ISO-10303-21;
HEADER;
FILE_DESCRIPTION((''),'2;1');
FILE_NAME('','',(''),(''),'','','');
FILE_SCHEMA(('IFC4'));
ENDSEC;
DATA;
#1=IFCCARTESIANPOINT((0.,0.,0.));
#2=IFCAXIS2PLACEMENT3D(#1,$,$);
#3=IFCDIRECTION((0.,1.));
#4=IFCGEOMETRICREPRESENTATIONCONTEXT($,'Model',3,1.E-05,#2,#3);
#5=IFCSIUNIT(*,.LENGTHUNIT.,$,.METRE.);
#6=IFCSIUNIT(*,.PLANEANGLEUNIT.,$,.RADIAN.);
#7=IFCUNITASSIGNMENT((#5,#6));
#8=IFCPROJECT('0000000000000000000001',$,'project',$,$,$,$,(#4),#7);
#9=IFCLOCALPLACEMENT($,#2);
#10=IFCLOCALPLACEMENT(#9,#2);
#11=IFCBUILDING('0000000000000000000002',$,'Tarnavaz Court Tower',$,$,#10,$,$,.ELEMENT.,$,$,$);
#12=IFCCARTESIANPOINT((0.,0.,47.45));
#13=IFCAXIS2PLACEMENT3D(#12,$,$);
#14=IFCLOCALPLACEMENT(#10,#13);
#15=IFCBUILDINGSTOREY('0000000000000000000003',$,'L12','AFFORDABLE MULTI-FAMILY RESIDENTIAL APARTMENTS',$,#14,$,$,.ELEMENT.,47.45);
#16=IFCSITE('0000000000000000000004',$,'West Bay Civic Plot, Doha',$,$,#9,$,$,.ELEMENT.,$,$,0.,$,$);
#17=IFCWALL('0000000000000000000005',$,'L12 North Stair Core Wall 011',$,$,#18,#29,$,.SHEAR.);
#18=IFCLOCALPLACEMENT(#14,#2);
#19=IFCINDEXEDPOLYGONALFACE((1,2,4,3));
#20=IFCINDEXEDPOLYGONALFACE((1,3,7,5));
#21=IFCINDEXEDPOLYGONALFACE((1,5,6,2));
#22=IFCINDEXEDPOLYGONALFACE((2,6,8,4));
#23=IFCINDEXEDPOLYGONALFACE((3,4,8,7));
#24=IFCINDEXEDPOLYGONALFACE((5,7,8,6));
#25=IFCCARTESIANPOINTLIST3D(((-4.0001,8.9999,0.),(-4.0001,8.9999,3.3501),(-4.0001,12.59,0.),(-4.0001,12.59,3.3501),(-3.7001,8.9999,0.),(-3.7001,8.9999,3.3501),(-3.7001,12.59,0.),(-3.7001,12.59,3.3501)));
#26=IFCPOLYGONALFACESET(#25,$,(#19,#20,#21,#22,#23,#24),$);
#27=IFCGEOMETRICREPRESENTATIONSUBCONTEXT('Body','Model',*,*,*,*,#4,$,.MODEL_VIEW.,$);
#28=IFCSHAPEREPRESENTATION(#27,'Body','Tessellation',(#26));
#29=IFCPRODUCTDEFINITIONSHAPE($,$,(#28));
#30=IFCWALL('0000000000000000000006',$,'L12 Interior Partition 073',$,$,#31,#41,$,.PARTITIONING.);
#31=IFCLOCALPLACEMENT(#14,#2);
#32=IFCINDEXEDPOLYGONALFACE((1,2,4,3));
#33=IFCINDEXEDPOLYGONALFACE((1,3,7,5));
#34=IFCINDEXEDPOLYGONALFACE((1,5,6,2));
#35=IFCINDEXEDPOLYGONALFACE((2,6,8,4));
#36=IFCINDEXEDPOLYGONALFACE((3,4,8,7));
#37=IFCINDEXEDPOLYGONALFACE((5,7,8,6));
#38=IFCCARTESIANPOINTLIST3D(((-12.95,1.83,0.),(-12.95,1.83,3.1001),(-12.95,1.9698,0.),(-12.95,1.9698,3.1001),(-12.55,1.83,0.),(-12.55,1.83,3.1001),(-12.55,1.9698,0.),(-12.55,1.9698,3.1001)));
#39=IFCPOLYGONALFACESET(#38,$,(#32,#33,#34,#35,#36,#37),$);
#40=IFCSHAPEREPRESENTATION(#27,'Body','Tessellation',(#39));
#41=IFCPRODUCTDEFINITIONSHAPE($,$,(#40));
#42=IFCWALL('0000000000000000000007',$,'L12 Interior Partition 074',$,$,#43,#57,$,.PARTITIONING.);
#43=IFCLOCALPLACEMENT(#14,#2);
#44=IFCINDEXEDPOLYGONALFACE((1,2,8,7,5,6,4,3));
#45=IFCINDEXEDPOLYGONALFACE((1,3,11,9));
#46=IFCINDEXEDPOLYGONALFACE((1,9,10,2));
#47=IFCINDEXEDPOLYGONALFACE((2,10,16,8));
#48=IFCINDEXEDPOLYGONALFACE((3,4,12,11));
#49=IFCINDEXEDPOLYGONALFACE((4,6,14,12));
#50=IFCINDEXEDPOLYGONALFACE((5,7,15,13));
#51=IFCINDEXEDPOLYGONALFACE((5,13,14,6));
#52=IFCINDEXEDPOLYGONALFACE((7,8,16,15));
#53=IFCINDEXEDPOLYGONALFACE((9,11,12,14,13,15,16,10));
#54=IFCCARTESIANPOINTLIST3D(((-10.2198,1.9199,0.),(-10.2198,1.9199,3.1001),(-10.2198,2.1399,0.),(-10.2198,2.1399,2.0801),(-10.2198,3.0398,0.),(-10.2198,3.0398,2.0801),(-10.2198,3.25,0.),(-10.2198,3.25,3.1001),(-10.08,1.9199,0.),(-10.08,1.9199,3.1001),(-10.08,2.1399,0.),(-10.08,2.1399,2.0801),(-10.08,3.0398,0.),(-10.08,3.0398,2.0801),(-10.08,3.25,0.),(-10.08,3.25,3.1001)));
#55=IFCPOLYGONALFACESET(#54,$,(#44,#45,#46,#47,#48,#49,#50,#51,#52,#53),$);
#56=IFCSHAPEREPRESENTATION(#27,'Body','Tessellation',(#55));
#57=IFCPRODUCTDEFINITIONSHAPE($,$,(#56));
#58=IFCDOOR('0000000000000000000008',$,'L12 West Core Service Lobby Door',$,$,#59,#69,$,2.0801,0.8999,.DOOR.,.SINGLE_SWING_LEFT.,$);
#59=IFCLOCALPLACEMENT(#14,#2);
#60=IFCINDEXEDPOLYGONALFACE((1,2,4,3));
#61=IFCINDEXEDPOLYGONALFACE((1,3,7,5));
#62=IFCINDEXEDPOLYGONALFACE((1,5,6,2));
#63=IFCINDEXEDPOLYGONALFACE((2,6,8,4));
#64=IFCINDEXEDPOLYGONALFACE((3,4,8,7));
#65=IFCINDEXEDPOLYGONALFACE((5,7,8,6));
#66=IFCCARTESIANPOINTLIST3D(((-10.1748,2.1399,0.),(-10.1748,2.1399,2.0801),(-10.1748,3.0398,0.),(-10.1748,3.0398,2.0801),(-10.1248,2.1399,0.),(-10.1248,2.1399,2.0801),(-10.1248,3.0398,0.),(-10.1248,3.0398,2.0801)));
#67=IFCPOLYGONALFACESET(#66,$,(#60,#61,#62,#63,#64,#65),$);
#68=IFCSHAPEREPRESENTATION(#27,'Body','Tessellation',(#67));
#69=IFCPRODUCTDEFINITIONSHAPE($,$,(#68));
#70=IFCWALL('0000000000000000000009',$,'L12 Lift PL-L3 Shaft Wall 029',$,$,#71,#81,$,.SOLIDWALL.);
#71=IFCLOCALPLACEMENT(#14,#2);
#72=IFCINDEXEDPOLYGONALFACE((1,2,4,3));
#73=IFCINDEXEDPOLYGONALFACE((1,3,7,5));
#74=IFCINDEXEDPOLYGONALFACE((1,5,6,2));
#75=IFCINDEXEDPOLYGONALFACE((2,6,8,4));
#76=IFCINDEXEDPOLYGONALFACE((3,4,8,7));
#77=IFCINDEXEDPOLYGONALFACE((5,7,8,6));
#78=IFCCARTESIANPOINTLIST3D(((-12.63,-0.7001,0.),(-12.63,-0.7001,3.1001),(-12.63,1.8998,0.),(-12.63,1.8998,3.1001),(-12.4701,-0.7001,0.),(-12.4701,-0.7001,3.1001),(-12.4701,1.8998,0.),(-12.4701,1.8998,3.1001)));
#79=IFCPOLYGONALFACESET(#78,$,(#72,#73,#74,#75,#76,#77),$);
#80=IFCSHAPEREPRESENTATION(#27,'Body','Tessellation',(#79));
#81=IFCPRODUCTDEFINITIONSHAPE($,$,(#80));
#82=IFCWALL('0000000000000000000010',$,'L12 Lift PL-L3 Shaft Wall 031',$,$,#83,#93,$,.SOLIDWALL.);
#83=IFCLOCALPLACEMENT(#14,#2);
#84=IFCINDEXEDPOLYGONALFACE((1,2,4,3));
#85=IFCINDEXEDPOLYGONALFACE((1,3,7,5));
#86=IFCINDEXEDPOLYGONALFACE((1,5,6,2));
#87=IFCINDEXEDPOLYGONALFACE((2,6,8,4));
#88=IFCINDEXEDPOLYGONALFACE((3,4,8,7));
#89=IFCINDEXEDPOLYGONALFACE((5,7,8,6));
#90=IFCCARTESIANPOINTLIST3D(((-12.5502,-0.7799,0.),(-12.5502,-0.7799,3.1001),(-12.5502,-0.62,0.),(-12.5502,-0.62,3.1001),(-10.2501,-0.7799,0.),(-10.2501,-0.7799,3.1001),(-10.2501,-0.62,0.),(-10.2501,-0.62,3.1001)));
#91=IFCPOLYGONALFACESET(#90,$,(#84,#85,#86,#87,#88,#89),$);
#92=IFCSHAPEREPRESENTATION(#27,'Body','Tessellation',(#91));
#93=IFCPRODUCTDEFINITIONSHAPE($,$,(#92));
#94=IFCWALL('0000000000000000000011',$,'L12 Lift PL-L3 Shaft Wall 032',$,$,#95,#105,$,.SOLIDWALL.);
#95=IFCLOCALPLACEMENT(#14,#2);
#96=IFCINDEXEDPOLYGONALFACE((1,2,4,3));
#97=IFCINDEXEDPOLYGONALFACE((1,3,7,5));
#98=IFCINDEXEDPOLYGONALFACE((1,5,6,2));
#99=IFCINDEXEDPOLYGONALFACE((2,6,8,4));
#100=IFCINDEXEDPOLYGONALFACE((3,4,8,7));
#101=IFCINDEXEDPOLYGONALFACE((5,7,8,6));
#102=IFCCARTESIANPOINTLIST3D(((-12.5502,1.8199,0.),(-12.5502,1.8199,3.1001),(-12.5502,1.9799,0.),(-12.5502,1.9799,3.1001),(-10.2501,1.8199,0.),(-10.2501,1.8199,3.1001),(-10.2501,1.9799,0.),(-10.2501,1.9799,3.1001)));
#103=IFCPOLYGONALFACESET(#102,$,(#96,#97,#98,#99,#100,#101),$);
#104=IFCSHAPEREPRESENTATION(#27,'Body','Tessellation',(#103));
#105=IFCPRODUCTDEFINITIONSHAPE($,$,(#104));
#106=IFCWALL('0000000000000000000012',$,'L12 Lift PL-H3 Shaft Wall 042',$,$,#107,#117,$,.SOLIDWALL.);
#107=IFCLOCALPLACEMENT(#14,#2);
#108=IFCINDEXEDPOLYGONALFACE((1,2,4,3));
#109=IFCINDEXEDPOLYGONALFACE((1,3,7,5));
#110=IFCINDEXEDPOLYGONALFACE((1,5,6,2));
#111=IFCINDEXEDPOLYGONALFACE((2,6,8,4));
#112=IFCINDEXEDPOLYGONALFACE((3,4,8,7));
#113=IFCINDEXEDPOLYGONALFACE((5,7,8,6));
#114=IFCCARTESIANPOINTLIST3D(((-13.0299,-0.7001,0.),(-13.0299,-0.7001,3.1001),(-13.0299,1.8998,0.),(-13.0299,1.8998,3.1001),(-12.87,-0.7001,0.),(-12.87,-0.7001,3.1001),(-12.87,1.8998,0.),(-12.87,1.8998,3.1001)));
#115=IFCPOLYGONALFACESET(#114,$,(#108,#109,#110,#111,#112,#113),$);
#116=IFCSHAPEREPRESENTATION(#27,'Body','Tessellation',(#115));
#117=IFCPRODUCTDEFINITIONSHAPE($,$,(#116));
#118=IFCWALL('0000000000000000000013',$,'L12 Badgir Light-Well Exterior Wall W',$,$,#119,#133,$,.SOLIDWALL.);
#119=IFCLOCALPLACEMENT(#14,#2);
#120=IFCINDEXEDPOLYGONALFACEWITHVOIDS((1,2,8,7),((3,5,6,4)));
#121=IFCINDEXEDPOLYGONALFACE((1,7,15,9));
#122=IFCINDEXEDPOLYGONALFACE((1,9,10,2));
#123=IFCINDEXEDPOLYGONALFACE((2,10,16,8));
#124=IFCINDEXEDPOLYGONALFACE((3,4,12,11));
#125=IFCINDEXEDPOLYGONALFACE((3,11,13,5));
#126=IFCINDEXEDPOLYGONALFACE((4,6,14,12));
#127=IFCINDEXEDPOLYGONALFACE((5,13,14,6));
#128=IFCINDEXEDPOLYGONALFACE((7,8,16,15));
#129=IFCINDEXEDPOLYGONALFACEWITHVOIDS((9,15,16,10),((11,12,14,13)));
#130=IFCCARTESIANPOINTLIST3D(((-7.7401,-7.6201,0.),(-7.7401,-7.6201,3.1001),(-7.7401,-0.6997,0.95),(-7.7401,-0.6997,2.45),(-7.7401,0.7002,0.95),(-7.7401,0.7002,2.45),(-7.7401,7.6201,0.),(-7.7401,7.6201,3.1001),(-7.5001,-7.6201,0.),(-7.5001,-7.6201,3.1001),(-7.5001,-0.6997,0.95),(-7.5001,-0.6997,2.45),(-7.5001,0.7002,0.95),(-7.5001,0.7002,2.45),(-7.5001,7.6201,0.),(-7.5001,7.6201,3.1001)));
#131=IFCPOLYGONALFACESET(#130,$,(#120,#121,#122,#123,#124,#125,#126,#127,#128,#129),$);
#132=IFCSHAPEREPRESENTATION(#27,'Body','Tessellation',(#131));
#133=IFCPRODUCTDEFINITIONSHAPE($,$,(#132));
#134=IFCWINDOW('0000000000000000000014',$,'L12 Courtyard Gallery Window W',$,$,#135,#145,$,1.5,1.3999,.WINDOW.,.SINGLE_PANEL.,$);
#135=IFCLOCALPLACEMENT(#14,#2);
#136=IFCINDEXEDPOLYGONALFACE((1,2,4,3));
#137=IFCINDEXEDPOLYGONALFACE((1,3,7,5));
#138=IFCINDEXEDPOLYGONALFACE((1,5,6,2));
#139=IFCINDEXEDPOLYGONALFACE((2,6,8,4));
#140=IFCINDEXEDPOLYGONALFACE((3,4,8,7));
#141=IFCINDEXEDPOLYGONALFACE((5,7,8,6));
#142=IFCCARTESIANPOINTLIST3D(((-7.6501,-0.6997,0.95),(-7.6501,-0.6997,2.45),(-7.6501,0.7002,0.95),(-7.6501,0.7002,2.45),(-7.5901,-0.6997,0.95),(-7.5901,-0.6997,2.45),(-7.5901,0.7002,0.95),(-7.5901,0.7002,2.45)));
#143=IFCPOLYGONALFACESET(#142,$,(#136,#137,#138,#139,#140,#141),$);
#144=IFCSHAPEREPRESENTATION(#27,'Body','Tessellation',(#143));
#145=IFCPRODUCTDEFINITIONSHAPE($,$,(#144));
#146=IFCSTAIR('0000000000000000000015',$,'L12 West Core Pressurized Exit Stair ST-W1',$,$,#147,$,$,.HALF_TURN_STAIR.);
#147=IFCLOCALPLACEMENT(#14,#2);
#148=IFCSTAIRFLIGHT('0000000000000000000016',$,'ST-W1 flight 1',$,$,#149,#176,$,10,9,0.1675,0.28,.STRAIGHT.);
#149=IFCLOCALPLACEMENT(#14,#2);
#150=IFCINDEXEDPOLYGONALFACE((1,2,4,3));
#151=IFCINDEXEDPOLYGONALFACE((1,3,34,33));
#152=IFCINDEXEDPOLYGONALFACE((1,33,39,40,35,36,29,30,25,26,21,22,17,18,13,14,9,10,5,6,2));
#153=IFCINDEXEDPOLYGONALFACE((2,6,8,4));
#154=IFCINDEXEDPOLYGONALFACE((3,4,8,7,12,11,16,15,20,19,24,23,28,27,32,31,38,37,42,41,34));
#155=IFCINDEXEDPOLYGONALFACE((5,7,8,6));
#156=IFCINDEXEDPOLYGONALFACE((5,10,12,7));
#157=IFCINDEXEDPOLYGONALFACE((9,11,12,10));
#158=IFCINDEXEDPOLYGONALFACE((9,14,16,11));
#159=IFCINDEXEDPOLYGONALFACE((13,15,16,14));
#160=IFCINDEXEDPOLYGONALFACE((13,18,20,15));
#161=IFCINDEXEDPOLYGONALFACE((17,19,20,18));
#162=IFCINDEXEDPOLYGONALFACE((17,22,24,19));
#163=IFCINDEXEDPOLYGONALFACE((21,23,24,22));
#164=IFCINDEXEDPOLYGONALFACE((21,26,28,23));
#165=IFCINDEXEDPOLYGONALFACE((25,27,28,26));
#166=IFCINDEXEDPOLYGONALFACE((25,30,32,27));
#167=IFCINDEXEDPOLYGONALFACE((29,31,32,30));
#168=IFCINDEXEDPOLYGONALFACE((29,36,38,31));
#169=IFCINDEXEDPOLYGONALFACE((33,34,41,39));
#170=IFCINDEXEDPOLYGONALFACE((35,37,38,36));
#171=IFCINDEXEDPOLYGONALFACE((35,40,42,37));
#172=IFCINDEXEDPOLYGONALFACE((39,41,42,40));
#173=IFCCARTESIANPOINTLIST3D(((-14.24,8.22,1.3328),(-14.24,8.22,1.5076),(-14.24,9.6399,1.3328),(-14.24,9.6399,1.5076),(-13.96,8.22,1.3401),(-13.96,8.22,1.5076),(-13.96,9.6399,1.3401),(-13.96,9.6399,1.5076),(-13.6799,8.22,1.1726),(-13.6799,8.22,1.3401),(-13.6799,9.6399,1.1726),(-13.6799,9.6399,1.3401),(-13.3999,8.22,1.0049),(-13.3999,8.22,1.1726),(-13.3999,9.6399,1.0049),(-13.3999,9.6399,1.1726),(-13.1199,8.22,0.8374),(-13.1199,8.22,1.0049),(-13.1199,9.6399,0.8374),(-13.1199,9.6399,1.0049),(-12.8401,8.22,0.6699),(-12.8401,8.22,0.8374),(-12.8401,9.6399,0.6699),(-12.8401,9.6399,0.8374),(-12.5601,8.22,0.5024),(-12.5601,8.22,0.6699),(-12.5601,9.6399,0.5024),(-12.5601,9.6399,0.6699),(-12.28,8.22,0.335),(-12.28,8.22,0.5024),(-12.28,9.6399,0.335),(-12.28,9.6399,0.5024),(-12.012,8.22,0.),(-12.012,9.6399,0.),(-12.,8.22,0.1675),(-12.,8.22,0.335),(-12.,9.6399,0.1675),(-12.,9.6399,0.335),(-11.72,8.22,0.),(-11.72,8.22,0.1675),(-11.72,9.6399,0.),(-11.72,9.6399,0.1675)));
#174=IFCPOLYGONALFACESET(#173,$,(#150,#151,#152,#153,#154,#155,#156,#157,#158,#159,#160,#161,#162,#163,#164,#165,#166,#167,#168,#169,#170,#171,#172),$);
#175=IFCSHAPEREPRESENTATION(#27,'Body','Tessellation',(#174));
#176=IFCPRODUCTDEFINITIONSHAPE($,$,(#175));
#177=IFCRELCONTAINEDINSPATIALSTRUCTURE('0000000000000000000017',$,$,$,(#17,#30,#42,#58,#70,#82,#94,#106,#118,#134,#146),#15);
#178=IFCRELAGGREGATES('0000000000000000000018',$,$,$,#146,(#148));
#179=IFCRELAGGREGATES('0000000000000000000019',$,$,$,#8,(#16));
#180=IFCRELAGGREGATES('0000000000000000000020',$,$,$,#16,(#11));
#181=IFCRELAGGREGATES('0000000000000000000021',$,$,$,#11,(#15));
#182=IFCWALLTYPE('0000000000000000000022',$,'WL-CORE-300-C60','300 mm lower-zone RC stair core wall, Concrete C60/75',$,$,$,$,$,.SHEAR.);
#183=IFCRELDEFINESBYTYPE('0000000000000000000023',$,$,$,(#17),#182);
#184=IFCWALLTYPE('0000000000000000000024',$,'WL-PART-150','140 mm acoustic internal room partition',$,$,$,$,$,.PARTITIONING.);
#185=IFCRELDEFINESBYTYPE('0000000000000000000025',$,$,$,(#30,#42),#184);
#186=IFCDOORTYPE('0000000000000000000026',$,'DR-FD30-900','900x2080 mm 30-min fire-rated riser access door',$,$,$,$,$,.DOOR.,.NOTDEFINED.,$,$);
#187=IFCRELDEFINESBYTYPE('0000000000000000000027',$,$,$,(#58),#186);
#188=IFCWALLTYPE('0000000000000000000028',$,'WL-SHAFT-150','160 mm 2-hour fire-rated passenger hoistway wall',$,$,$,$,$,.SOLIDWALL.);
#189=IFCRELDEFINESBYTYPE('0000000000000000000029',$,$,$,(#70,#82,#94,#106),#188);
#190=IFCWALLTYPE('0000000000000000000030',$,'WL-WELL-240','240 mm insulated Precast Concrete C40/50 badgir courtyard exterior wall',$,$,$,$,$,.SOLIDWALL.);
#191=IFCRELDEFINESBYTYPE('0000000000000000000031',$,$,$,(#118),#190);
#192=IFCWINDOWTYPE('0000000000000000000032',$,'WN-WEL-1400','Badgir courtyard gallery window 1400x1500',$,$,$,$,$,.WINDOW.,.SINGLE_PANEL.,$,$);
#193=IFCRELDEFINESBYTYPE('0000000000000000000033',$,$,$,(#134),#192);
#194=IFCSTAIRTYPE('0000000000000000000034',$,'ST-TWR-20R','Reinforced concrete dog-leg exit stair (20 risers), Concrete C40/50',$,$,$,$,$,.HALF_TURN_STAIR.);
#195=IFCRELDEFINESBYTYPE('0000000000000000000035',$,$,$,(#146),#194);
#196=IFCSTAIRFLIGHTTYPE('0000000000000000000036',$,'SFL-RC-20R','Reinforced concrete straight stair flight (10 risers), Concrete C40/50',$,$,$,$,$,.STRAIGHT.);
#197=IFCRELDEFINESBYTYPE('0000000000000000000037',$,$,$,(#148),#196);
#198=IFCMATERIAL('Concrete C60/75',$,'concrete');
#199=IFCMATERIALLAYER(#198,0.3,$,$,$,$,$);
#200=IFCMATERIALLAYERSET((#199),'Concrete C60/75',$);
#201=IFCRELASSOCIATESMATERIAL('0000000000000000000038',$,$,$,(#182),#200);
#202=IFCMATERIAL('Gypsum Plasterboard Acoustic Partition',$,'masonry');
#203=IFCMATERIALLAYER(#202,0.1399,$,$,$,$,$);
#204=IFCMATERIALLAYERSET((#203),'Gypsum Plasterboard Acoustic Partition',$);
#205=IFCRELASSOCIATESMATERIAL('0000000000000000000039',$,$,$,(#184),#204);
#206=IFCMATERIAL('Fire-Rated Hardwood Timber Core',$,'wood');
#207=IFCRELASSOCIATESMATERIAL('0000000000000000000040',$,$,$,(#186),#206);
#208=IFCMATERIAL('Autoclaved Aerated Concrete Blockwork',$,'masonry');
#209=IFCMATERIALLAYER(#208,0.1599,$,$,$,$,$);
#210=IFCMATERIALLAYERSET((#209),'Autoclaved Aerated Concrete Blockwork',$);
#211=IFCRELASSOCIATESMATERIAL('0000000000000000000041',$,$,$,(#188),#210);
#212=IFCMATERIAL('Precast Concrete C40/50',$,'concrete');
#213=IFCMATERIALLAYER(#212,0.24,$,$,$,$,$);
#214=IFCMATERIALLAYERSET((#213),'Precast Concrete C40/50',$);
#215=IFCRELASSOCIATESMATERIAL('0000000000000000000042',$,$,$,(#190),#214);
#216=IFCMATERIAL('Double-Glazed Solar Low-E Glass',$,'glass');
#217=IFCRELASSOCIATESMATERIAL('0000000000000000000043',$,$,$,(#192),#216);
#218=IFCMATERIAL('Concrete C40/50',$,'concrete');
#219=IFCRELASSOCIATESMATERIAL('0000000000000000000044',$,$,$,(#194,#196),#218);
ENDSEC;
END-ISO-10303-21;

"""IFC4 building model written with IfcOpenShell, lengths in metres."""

from ifc_helpers import new_model, si_unit, direction, frame, frame_2d, origin, place, context, subcontext, project, spatial, polyline, rectangle, outline, extrude, material, layer, layer_set, type_object, element, fill, aggregate, save


model = new_model("IFC4")

# Units and contexts
model_context = context("Model", 3, precision=1e-05, world=origin(), true_north=direction((0.0, 1.0)))
body_context = subcontext(model_context, "Body", "Model", "MODEL_VIEW")
ifc_project = project(units=[si_unit("LENGTHUNIT", "METRE"), si_unit("PLANEANGLEUNIT", "RADIAN")], contexts=[model_context])

# Site, building, storey
site_placement = place(None, origin())
site = spatial("IfcSite", under=ifc_project, at=site_placement, Name="West Bay Civic Plot, Doha", CompositionType="ELEMENT", RefElevation=0.0)
building_placement = place(site_placement, origin())
building = spatial("IfcBuilding", under=site, at=building_placement, Name="Tarnavaz Court Tower", CompositionType="ELEMENT")
storey_placement = place(building_placement, frame((0.0, 0.0, 47.45)))
storey = spatial("IfcBuildingStorey", under=building, at=storey_placement, Name="L12", Description="AFFORDABLE MULTI-FAMILY RESIDENTIAL APARTMENTS", CompositionType="ELEMENT", Elevation=47.45)

# Shared definitions
ifc_material_1 = material(Name="Concrete C60/75", Category="concrete")

# Shared definitions
ifc_layer_1 = layer(ifc_material_1, 0.3)
ifc_layer_set_1 = layer_set([ifc_layer_1], Name="Concrete C60/75")
wall_type_1 = type_object("IfcWallType", Name="WL-CORE-300-C60", Description="300 mm lower-zone RC stair core wall, Concrete C60/75", PredefinedType="SHEAR", material=ifc_layer_set_1)

# Shared definitions
ifc_material_2 = material(Name="Fire-Rated Hardwood Timber Core", Category="wood")

# Wall
wall_1_placement = place(storey_placement, frame((-3.8501, 9.0, 0.0), z_axis=(0.0, 0.0, 1.0), x_axis=(0.0, 1.0, 0.0)))
element("IfcWall", 1, at=wall_1_placement, inside=storey, type_object=wall_type_1, Name="L12 North Stair Core Wall 011", PredefinedType="SHEAR", context=body_context, shape_type="SweptSolid", body=[
    extrude(rectangle(XDim=3.5901, YDim=0.3, at=frame_2d((1.7949, 0.0))), origin(), (0.0, 0.0, 1.0), 3.3501),
])

# Shared definitions
ifc_material_3 = material(Name="Autoclaved Aerated Concrete Blockwork", Category="masonry")

# Wall
ifc_material_4 = material(Name="Gypsum Plasterboard Acoustic Partition", Category="masonry")
ifc_layer_2 = layer(ifc_material_4, 0.1399)
ifc_layer_set_2 = layer_set([ifc_layer_2], Name="Gypsum Plasterboard Acoustic Partition")
wall_type_2 = type_object("IfcWallType", Name="WL-PART-150", Description="140 mm acoustic internal room partition", PredefinedType="PARTITIONING", material=ifc_layer_set_2)
wall_2_placement = place(storey_placement, frame((-12.95, 1.8999, 0.0), z_axis=(0.0, 0.0, 1.0), x_axis=(1.0, 0.0, 0.0)))
element("IfcWall", 2, at=wall_2_placement, inside=storey, type_object=wall_type_2, Name="L12 Interior Partition 073", PredefinedType="PARTITIONING", context=body_context, shape_type="SweptSolid", body=[
    extrude(rectangle(XDim=0.3999, YDim=0.1399, at=frame_2d((0.2, 0.0))), origin(), (0.0, 0.0, 1.0), 3.1001),
])

# Wall, opening, door
wall_3_placement = place(storey_placement, frame((-10.1499, 1.9199, 0.0), z_axis=(0.0, 0.0, 1.0), x_axis=(0.0, 1.0, 0.0)))
wall_3 = element("IfcWall", 3, at=wall_3_placement, inside=storey, type_object=wall_type_2, Name="L12 Interior Partition 074", PredefinedType="PARTITIONING", context=body_context, shape_type="SweptSolid", body=[
    extrude(rectangle(XDim=1.3301, YDim=0.1399, at=frame_2d((0.665, 0.0))), origin(), (0.0, 0.0, 1.0), 3.1001),
])
opening_1_placement = place(wall_3_placement, frame((0.22, 0.0, 0.0)))
opening_1 = element("IfcOpeningElement", 4, at=opening_1_placement, cuts=wall_3, PredefinedType="OPENING", context=body_context, shape_type="SweptSolid", body=[
    extrude(rectangle(XDim=0.8999, YDim=2.0801, at=frame_2d((0.45, 1.04))), frame((0.0, 0.0798, 0.0), z_axis=(0.0, -1.0, 0.0), x_axis=(1.0, 0.0, 0.0)), (0.0, 0.0, 1.0), 0.1599),
])
door_type_1 = type_object("IfcDoorType", Name="DR-FD30-900", Description="900x2080 mm 30-min fire-rated riser access door", OperationType="NOTDEFINED", PredefinedType="DOOR", material=ifc_material_2)
door_1_placement = place(opening_1_placement, origin())
door_1 = element("IfcDoor", 5, at=door_1_placement, inside=storey, type_object=door_type_1, Name="L12 West Core Service Lobby Door", OperationType="SINGLE_SWING_LEFT", OverallHeight=2.0801, OverallWidth=0.8999, PredefinedType="DOOR", context=body_context, shape_type="SweptSolid", body=[
    extrude(rectangle(XDim=0.8999, YDim=2.0801, at=frame_2d((0.45, 1.04))), frame((0.0, 0.0249, 0.0), z_axis=(0.0, -1.0, 0.0), x_axis=(1.0, 0.0, 0.0)), (0.0, 0.0, 1.0), 0.05),
])
fill(opening_1, door_1)

# Wall
ifc_layer_3 = layer(ifc_material_3, 0.1599)
ifc_layer_set_3 = layer_set([ifc_layer_3], Name="Autoclaved Aerated Concrete Blockwork")
wall_type_3 = type_object("IfcWallType", Name="WL-SHAFT-150", Description="160 mm 2-hour fire-rated passenger hoistway wall", PredefinedType="SOLIDWALL", material=ifc_layer_set_3)
wall_4_placement = place(storey_placement, frame((-12.55, -0.7, 0.0), z_axis=(0.0, 0.0, 1.0), x_axis=(0.0, 1.0, 0.0)))
element("IfcWall", 6, at=wall_4_placement, inside=storey, type_object=wall_type_3, Name="L12 Lift PL-L3 Shaft Wall 029", PredefinedType="SOLIDWALL", context=body_context, shape_type="SweptSolid", body=[
    extrude(rectangle(XDim=2.5999, YDim=0.1599, at=frame_2d((1.2998, 0.0))), origin(), (0.0, 0.0, 1.0), 3.1001),
])

# Walls
for number, where, z_axis, x_axis, name in (
    (7, (-12.55, -0.7, 0.0), (0.0, 0.0, 1.0), (1.0, 0.0, 0.0), "L12 Lift PL-L3 Shaft Wall 031"),
    (8, (-12.55, 1.8999, 0.0), (0.0, 0.0, 1.0), (1.0, 0.0, 0.0), "L12 Lift PL-L3 Shaft Wall 032"),
):
    element("IfcWall", number, at=place(storey_placement, frame(where, z_axis=z_axis, x_axis=x_axis)), inside=storey, type_object=wall_type_3, Name=name, PredefinedType="SOLIDWALL", context=body_context, shape_type="SweptSolid", body=[
        extrude(rectangle(XDim=2.3, YDim=0.1599, at=frame_2d((1.1499, 0.0))), origin(), (0.0, 0.0, 1.0), 3.1001),
    ])
wall_5_placement = place(storey_placement, frame((-12.95, -0.7, 0.0), z_axis=(0.0, 0.0, 1.0), x_axis=(0.0, 1.0, 0.0)))
element("IfcWall", 9, at=wall_5_placement, inside=storey, type_object=wall_type_3, Name="L12 Lift PL-H3 Shaft Wall 042", PredefinedType="SOLIDWALL", context=body_context, shape_type="SweptSolid", body=[
    extrude(rectangle(XDim=2.5999, YDim=0.1599, at=frame_2d((1.2998, 0.0))), origin(), (0.0, 0.0, 1.0), 3.1001),
])

# Wall, opening, window
ifc_material_5 = material(Name="Precast Concrete C40/50", Category="concrete")
ifc_layer_4 = layer(ifc_material_5, 0.24)
ifc_layer_set_4 = layer_set([ifc_layer_4], Name="Precast Concrete C40/50")
wall_type_4 = type_object("IfcWallType", Name="WL-WELL-240", Description="240 mm insulated Precast Concrete C40/50 badgir courtyard exterior wall", PredefinedType="SOLIDWALL", material=ifc_layer_set_4)
wall_6_placement = place(storey_placement, frame((-7.6201, 7.6201, 0.0), z_axis=(0.0, 0.0, 1.0), x_axis=(0.0, -1.0, 0.0)))
wall_6 = element("IfcWall", 10, at=wall_6_placement, inside=storey, type_object=wall_type_4, Name="L12 Badgir Light-Well Exterior Wall W", PredefinedType="SOLIDWALL", context=body_context, shape_type="SweptSolid", body=[
    extrude(rectangle(XDim=15.2402, YDim=0.24, at=frame_2d((7.6201, 0.0))), origin(), (0.0, 0.0, 1.0), 3.1001),
])
opening_2_placement = place(wall_6_placement, frame((6.9199, 0.0, 0.95)))
opening_2 = element("IfcOpeningElement", 11, at=opening_2_placement, cuts=wall_6, PredefinedType="OPENING", context=body_context, shape_type="SweptSolid", body=[
    extrude(rectangle(XDim=1.3999, YDim=1.5, at=frame_2d((0.7, 0.75))), frame((0.0, 0.1299, 0.0), z_axis=(0.0, -1.0, 0.0), x_axis=(1.0, 0.0, 0.0)), (0.0, 0.0, 1.0), 0.26),
])
ifc_material_6 = material(Name="Double-Glazed Solar Low-E Glass", Category="glass")
window_type = type_object("IfcWindowType", Name="WN-WEL-1400", Description="Badgir courtyard gallery window 1400x1500", PartitioningType="SINGLE_PANEL", PredefinedType="WINDOW", material=ifc_material_6)
window_placement = place(opening_2_placement, origin())
window = element("IfcWindow", 12, at=window_placement, inside=storey, type_object=window_type, Name="L12 Courtyard Gallery Window W", OverallHeight=1.5, OverallWidth=1.3999, PartitioningType="SINGLE_PANEL", PredefinedType="WINDOW", context=body_context, shape_type="SweptSolid", body=[
    extrude(rectangle(XDim=1.3999, YDim=1.5, at=frame_2d((0.7, 0.75))), frame((0.0, 0.03, 0.0), z_axis=(0.0, -1.0, 0.0), x_axis=(1.0, 0.0, 0.0)), (0.0, 0.0, 1.0), 0.0601),
])
fill(opening_2, window)

# Stair, stair flight
ifc_material_7 = material(Name="Concrete C40/50", Category="concrete")
stair_type = type_object("IfcStairType", Name="ST-TWR-20R", Description="Reinforced concrete dog-leg exit stair (20 risers), Concrete C40/50", PredefinedType="HALF_TURN_STAIR", material=ifc_material_7)
stair_1_placement = place(storey_placement, origin())
stair_1 = element("IfcStair", 13, at=stair_1_placement, inside=storey, type_object=stair_type, Name="L12 West Core Pressurized Exit Stair ST-W1", PredefinedType="HALF_TURN_STAIR")
stair_flight_type = type_object("IfcStairFlightType", Name="SFL-RC-20R", Description="Reinforced concrete straight stair flight (10 risers), Concrete C40/50", PredefinedType="STRAIGHT", material=ifc_material_7)
stair_flight_1_placement = place(storey_placement, frame((-11.72, 8.9299, 0.0), z_axis=(0.0, 0.0, 1.0), x_axis=(-1.0, 0.0, 0.0)))
stair_flight_1 = element("IfcStairFlight", 14, at=stair_flight_1_placement, type_object=stair_flight_type, Name="ST-W1 flight 1", NumberOfRisers=10, NumberOfTreads=9, PredefinedType="STRAIGHT", RiserHeight=0.1675, TreadLength=0.28, context=body_context, shape_type="SweptSolid", body=[
    extrude(outline(polyline([(0.0, 0.0), (0.0, 0.1675), (0.28, 0.1675), (0.28, 0.335), (0.5601, 0.335), (0.5601, 0.5024), (0.8401, 0.5024), (0.8401, 0.6699), (1.1201, 0.6699), (1.1201, 0.8374), (1.3999, 0.8374), (1.3999, 1.0049), (1.6799, 1.0049), (1.6799, 1.1726), (1.96, 1.1726), (1.96, 1.3401), (2.24, 1.3401), (2.24, 1.5076), (2.52, 1.5076), (2.52, 1.675), (2.52, 1.3328), (0.292, 0.0), (0.0, 0.0)])), frame((0.0, 0.71, 0.0), z_axis=(0.0, -1.0, 0.0), x_axis=(1.0, 0.0, 0.0)), (0.0, 0.0, 1.0), 1.4199),
])
aggregate(stair_1, [stair_flight_1])

save(model, "model.ifc")
